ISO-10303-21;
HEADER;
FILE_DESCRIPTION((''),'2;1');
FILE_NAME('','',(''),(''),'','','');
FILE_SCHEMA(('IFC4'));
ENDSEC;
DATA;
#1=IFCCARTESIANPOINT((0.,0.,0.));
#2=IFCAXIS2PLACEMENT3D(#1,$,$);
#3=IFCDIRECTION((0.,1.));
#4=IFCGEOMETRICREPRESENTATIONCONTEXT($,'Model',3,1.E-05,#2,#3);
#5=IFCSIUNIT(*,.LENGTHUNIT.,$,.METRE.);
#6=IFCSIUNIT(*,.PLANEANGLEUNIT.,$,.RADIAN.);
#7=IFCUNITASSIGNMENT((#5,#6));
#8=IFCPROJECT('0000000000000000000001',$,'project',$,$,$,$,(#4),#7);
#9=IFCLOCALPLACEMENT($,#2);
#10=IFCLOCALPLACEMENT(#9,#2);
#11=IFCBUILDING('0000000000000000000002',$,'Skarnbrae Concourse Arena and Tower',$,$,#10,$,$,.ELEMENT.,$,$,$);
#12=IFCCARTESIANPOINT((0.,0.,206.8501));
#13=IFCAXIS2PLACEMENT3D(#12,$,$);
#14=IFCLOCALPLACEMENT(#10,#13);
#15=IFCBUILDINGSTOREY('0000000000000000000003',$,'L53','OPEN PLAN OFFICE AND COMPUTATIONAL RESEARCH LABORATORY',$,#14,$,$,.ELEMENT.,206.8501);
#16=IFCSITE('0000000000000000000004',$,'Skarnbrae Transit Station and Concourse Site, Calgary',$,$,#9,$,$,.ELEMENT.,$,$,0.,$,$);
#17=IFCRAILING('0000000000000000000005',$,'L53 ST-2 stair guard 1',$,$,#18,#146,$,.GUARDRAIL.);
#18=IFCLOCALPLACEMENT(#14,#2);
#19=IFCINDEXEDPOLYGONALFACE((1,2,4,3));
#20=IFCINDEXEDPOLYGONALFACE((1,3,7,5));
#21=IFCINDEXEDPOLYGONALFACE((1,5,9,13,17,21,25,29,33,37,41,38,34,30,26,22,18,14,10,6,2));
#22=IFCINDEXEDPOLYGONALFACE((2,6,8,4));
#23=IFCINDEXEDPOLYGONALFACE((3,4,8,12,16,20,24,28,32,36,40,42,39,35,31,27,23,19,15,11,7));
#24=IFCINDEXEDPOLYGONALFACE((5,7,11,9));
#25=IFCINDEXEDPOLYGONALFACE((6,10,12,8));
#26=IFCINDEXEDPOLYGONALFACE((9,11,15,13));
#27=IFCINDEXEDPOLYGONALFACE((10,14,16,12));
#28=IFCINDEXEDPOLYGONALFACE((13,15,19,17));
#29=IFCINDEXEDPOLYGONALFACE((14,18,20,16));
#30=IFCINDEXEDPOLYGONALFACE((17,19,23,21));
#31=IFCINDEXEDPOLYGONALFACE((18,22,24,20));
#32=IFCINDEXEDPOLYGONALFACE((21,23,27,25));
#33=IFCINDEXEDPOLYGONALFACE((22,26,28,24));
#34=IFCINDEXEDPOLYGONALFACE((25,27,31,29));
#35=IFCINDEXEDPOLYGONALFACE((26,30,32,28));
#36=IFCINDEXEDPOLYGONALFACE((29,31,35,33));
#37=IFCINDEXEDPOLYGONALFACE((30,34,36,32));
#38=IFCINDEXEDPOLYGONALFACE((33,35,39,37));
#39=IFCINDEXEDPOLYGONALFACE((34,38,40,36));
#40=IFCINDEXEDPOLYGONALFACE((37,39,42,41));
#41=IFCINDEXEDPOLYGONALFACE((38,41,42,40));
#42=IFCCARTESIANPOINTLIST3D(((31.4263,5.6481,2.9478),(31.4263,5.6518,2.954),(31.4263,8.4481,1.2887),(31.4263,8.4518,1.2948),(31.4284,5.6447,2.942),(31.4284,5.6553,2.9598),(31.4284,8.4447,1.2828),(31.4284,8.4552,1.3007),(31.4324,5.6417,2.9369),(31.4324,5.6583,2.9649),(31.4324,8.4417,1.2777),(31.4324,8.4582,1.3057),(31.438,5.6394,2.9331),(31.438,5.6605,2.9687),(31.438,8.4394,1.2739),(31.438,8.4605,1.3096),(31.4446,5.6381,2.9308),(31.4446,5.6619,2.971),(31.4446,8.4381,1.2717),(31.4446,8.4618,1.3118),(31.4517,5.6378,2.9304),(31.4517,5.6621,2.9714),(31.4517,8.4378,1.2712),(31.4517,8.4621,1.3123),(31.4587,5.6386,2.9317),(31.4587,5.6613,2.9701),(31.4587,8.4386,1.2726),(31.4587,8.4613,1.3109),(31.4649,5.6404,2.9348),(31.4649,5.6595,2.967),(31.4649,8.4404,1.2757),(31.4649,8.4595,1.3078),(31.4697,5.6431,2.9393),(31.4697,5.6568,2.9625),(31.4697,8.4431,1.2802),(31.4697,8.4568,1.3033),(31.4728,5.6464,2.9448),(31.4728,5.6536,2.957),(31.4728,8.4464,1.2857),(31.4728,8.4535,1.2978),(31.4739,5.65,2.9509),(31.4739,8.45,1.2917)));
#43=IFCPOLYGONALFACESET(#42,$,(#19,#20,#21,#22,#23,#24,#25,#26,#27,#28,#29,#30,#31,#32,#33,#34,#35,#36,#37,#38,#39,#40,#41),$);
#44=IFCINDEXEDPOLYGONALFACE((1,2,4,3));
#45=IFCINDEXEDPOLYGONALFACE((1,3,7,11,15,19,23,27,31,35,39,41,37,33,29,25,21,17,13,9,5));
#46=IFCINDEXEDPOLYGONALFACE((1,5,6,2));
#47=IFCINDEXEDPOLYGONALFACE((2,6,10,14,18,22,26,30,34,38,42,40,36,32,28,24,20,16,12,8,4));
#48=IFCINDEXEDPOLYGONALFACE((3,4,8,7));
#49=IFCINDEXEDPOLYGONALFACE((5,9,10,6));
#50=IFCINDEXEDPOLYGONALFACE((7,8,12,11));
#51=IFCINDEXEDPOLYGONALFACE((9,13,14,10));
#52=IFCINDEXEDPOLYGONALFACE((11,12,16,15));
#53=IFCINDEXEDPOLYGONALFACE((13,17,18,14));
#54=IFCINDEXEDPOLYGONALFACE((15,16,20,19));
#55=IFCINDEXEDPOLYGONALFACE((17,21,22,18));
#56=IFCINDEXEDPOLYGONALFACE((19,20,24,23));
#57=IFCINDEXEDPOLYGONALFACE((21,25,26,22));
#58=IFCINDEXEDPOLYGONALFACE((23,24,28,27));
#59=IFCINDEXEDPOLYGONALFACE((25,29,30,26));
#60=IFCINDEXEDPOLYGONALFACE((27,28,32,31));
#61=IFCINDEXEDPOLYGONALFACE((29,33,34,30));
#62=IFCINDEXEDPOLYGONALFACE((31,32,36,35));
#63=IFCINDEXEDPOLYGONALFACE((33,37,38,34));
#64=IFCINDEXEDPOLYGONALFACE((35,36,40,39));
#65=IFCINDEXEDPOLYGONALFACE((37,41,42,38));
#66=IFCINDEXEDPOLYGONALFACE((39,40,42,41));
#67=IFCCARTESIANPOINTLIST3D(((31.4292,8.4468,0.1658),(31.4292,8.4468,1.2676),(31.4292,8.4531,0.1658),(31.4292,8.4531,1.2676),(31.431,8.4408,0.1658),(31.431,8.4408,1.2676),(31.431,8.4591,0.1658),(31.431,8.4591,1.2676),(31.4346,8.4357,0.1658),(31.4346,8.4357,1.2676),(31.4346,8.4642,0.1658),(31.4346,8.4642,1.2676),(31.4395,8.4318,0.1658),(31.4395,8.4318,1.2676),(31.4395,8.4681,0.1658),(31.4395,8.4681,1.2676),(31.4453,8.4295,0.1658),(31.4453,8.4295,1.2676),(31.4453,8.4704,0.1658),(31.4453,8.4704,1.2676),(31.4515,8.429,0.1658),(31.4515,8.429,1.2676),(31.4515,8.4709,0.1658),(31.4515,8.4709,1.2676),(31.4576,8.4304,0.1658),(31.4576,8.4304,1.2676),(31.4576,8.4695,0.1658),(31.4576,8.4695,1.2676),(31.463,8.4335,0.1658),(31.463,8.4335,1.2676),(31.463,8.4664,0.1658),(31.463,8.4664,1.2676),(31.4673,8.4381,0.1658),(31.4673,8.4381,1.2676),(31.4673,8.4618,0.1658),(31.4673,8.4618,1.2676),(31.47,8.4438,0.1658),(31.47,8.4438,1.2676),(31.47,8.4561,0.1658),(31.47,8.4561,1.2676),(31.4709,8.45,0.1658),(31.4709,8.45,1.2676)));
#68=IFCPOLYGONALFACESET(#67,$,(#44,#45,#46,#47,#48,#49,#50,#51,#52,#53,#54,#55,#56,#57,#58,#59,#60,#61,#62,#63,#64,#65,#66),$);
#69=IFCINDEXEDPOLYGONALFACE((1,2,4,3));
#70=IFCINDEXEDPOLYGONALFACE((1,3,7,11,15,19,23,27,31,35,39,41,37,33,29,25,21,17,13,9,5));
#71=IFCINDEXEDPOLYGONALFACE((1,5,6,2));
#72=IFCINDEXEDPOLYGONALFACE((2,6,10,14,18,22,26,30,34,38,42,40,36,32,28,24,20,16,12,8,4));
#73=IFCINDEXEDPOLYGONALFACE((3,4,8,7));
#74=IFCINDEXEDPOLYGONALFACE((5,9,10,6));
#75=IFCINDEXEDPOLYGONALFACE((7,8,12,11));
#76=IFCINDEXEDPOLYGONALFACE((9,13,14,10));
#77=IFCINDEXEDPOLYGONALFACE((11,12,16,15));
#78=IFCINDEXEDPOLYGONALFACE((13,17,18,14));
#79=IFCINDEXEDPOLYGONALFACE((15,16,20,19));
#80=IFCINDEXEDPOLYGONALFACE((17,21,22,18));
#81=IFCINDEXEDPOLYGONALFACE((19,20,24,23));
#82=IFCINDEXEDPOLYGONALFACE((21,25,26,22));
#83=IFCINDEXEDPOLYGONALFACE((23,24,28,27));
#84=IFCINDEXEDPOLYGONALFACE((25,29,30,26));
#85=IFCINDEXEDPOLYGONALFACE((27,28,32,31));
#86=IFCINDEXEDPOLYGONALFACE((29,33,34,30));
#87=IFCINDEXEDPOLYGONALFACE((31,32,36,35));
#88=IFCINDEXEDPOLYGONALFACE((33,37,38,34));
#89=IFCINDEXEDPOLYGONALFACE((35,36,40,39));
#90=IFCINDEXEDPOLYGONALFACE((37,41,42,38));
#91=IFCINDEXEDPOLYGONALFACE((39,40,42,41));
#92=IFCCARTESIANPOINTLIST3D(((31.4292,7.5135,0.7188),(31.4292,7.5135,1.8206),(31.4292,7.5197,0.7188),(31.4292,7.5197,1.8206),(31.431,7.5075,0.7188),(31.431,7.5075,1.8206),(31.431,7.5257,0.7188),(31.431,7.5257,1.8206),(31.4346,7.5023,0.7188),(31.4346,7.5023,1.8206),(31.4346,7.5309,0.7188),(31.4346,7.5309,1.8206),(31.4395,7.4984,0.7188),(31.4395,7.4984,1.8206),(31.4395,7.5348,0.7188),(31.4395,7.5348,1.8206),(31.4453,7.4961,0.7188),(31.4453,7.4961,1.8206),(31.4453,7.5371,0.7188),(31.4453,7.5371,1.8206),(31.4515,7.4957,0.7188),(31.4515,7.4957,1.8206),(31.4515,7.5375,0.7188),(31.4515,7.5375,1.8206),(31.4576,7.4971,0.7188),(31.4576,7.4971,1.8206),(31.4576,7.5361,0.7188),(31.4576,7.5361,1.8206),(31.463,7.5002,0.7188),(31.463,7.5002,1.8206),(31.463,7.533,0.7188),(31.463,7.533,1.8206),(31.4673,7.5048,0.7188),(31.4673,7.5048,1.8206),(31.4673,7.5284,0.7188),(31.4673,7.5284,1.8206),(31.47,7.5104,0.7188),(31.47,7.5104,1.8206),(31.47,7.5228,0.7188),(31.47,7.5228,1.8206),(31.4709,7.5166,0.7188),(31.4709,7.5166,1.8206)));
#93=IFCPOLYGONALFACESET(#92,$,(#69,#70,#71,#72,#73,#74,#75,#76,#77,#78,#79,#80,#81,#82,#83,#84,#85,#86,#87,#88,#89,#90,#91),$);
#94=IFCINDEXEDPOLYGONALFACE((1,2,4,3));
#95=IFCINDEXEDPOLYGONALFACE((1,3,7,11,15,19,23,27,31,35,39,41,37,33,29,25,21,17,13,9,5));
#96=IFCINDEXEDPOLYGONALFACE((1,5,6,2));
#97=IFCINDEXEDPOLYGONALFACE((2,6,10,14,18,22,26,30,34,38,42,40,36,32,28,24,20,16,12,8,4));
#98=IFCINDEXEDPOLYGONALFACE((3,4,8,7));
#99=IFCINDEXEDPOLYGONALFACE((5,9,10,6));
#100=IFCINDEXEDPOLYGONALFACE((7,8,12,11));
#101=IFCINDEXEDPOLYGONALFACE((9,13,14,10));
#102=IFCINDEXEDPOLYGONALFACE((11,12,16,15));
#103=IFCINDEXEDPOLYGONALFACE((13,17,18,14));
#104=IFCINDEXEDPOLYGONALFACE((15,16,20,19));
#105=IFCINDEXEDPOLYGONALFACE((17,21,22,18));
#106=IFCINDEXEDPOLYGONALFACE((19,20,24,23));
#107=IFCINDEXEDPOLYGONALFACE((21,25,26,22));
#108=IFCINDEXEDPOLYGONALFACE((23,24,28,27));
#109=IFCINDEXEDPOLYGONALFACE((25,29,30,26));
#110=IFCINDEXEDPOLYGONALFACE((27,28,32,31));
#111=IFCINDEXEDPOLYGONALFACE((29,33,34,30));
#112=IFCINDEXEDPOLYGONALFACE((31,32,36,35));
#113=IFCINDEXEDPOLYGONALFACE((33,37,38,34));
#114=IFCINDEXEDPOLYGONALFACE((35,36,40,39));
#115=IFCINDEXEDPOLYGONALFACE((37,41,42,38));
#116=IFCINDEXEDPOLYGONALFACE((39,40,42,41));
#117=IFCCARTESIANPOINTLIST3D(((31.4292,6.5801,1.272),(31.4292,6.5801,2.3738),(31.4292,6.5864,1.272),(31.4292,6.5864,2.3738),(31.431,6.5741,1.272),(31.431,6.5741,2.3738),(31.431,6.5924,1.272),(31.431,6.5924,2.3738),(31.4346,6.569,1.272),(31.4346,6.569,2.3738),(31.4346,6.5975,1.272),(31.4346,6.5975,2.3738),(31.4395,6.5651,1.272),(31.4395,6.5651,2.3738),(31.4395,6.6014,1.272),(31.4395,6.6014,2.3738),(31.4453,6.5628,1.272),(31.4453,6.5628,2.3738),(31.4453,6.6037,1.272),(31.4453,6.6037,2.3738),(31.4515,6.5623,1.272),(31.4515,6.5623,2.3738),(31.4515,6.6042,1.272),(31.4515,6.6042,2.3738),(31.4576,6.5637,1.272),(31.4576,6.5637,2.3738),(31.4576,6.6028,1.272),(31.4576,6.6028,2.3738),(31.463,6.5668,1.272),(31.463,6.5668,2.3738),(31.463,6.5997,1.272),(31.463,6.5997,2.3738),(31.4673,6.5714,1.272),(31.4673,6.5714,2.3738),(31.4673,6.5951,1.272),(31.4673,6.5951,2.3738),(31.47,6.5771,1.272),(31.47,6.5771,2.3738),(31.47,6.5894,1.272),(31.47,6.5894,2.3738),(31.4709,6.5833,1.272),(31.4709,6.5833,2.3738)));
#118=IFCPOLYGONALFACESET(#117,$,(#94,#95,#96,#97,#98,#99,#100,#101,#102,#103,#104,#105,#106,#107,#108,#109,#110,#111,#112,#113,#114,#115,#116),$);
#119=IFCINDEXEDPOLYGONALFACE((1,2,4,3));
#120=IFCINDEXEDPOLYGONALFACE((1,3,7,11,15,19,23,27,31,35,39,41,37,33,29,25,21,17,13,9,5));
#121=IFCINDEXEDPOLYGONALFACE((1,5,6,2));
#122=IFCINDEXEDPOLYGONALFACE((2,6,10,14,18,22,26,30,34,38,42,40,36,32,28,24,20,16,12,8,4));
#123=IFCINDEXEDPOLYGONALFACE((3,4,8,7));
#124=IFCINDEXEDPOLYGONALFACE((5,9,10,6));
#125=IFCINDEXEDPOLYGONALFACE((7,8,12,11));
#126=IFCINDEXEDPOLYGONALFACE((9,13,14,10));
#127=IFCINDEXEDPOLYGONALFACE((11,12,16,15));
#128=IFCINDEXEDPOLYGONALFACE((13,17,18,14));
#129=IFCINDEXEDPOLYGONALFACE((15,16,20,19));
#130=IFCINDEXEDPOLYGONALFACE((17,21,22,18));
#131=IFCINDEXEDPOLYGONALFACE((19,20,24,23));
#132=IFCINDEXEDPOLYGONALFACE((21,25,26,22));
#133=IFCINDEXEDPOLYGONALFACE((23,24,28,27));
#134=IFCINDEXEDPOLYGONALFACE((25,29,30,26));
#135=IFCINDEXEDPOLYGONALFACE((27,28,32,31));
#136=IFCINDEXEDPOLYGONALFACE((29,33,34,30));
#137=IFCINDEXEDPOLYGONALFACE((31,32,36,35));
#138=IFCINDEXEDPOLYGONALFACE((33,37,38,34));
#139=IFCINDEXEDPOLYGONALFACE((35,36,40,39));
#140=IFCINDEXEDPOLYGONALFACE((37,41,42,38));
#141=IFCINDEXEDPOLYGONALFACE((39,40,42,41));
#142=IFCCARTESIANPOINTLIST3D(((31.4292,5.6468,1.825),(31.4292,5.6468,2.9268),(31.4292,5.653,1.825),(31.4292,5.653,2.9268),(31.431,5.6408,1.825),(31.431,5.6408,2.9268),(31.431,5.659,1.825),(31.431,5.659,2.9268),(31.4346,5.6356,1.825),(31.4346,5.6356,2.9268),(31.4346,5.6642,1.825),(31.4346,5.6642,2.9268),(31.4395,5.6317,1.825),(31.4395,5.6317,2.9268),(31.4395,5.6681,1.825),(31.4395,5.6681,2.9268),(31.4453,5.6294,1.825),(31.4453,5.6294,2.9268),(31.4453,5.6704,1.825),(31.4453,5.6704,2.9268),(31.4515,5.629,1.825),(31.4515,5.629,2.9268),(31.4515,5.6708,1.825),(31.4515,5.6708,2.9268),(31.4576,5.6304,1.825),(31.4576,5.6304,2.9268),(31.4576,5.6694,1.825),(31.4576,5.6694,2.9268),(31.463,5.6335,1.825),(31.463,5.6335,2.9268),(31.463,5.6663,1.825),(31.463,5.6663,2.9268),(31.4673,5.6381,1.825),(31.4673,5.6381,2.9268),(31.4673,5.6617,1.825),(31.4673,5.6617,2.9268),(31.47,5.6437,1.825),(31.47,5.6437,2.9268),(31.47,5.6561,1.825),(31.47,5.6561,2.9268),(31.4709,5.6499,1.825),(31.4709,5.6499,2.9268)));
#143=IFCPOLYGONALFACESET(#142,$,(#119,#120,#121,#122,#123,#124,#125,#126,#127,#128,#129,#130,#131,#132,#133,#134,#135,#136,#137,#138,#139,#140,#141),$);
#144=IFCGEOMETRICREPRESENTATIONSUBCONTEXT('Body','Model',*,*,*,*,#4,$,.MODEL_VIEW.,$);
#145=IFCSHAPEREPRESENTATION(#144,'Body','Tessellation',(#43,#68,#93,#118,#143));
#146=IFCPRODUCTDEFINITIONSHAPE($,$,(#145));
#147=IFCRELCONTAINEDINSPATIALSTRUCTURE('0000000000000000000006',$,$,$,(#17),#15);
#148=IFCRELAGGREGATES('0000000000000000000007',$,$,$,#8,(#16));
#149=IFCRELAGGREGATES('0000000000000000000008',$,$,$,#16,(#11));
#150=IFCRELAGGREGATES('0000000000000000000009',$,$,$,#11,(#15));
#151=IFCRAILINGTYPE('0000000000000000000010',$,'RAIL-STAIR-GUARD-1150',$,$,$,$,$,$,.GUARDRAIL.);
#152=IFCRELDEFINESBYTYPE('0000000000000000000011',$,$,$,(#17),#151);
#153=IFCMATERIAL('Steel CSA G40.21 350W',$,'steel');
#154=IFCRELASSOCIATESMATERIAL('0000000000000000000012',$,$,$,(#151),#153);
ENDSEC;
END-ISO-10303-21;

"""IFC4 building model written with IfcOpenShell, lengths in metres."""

from ifc_helpers import new_model, si_unit, direction, frame, origin, origin_2d, place, context, subcontext, project, spatial, circle, extrude, material, type_object, element, save


model = new_model("IFC4")

# Units and contexts
model_context = context("Model", 3, precision=1e-05, world=origin(), true_north=direction((0.0, 1.0)))
body_context = subcontext(model_context, "Body", "Model", "MODEL_VIEW")
ifc_project = project(units=[si_unit("LENGTHUNIT", "METRE"), si_unit("PLANEANGLEUNIT", "RADIAN")], contexts=[model_context])

# Site, building, storey
site_placement = place(None, origin())
site = spatial("IfcSite", under=ifc_project, at=site_placement, Name="Skarnbrae Transit Station and Concourse Site, Calgary", CompositionType="ELEMENT", RefElevation=0.0)
building_placement = place(site_placement, origin())
building = spatial("IfcBuilding", under=site, at=building_placement, Name="Skarnbrae Concourse Arena and Tower", CompositionType="ELEMENT")
storey_placement = place(building_placement, frame((0.0, 0.0, 206.8501)))
storey = spatial("IfcBuildingStorey", under=building, at=storey_placement, Name="L53", Description="OPEN PLAN OFFICE AND COMPUTATIONAL RESEARCH LABORATORY", CompositionType="ELEMENT", Elevation=206.8501)

# Shared definitions
ifc_material_1 = material(Name="Steel CSA G40.21 350W", Category="steel")

# Railing
railing_type = type_object("IfcRailingType", Name="RAIL-STAIR-GUARD-1150", PredefinedType="GUARDRAIL", material=ifc_material_1)
railing_1_placement = place(storey_placement, frame((31.45, 8.45, 0.1658)))
element("IfcRailing", 1, at=railing_1_placement, inside=storey, type_object=railing_type, Name="L53 ST-2 stair guard 1", PredefinedType="GUARDRAIL", context=body_context, shape_type="SweptSolid", body=[
    extrude(circle(Radius=0.0239, at=origin_2d()), frame((0.0, 0.0, 1.126), z_axis=(0.0, -0.860306, 0.509778), x_axis=(1.0, 0.0, 0.0)), (0.0, 0.0, 1.0), 3.2546),
    extrude(circle(Radius=0.021, at=origin_2d()), origin(), (0.0, 0.0, 1.0), 1.1018),
    extrude(circle(Radius=0.021, at=origin_2d()), frame((0.0, -0.9333, 0.553)), (0.0, 0.0, 1.0), 1.1018),
    extrude(circle(Radius=0.021, at=origin_2d()), frame((0.0, -1.8667, 1.1062)), (0.0, 0.0, 1.0), 1.1018),
    extrude(circle(Radius=0.021, at=origin_2d()), frame((0.0, -2.8, 1.6592)), (0.0, 0.0, 1.0), 1.1018),
])

save(model, "model.ifc")
